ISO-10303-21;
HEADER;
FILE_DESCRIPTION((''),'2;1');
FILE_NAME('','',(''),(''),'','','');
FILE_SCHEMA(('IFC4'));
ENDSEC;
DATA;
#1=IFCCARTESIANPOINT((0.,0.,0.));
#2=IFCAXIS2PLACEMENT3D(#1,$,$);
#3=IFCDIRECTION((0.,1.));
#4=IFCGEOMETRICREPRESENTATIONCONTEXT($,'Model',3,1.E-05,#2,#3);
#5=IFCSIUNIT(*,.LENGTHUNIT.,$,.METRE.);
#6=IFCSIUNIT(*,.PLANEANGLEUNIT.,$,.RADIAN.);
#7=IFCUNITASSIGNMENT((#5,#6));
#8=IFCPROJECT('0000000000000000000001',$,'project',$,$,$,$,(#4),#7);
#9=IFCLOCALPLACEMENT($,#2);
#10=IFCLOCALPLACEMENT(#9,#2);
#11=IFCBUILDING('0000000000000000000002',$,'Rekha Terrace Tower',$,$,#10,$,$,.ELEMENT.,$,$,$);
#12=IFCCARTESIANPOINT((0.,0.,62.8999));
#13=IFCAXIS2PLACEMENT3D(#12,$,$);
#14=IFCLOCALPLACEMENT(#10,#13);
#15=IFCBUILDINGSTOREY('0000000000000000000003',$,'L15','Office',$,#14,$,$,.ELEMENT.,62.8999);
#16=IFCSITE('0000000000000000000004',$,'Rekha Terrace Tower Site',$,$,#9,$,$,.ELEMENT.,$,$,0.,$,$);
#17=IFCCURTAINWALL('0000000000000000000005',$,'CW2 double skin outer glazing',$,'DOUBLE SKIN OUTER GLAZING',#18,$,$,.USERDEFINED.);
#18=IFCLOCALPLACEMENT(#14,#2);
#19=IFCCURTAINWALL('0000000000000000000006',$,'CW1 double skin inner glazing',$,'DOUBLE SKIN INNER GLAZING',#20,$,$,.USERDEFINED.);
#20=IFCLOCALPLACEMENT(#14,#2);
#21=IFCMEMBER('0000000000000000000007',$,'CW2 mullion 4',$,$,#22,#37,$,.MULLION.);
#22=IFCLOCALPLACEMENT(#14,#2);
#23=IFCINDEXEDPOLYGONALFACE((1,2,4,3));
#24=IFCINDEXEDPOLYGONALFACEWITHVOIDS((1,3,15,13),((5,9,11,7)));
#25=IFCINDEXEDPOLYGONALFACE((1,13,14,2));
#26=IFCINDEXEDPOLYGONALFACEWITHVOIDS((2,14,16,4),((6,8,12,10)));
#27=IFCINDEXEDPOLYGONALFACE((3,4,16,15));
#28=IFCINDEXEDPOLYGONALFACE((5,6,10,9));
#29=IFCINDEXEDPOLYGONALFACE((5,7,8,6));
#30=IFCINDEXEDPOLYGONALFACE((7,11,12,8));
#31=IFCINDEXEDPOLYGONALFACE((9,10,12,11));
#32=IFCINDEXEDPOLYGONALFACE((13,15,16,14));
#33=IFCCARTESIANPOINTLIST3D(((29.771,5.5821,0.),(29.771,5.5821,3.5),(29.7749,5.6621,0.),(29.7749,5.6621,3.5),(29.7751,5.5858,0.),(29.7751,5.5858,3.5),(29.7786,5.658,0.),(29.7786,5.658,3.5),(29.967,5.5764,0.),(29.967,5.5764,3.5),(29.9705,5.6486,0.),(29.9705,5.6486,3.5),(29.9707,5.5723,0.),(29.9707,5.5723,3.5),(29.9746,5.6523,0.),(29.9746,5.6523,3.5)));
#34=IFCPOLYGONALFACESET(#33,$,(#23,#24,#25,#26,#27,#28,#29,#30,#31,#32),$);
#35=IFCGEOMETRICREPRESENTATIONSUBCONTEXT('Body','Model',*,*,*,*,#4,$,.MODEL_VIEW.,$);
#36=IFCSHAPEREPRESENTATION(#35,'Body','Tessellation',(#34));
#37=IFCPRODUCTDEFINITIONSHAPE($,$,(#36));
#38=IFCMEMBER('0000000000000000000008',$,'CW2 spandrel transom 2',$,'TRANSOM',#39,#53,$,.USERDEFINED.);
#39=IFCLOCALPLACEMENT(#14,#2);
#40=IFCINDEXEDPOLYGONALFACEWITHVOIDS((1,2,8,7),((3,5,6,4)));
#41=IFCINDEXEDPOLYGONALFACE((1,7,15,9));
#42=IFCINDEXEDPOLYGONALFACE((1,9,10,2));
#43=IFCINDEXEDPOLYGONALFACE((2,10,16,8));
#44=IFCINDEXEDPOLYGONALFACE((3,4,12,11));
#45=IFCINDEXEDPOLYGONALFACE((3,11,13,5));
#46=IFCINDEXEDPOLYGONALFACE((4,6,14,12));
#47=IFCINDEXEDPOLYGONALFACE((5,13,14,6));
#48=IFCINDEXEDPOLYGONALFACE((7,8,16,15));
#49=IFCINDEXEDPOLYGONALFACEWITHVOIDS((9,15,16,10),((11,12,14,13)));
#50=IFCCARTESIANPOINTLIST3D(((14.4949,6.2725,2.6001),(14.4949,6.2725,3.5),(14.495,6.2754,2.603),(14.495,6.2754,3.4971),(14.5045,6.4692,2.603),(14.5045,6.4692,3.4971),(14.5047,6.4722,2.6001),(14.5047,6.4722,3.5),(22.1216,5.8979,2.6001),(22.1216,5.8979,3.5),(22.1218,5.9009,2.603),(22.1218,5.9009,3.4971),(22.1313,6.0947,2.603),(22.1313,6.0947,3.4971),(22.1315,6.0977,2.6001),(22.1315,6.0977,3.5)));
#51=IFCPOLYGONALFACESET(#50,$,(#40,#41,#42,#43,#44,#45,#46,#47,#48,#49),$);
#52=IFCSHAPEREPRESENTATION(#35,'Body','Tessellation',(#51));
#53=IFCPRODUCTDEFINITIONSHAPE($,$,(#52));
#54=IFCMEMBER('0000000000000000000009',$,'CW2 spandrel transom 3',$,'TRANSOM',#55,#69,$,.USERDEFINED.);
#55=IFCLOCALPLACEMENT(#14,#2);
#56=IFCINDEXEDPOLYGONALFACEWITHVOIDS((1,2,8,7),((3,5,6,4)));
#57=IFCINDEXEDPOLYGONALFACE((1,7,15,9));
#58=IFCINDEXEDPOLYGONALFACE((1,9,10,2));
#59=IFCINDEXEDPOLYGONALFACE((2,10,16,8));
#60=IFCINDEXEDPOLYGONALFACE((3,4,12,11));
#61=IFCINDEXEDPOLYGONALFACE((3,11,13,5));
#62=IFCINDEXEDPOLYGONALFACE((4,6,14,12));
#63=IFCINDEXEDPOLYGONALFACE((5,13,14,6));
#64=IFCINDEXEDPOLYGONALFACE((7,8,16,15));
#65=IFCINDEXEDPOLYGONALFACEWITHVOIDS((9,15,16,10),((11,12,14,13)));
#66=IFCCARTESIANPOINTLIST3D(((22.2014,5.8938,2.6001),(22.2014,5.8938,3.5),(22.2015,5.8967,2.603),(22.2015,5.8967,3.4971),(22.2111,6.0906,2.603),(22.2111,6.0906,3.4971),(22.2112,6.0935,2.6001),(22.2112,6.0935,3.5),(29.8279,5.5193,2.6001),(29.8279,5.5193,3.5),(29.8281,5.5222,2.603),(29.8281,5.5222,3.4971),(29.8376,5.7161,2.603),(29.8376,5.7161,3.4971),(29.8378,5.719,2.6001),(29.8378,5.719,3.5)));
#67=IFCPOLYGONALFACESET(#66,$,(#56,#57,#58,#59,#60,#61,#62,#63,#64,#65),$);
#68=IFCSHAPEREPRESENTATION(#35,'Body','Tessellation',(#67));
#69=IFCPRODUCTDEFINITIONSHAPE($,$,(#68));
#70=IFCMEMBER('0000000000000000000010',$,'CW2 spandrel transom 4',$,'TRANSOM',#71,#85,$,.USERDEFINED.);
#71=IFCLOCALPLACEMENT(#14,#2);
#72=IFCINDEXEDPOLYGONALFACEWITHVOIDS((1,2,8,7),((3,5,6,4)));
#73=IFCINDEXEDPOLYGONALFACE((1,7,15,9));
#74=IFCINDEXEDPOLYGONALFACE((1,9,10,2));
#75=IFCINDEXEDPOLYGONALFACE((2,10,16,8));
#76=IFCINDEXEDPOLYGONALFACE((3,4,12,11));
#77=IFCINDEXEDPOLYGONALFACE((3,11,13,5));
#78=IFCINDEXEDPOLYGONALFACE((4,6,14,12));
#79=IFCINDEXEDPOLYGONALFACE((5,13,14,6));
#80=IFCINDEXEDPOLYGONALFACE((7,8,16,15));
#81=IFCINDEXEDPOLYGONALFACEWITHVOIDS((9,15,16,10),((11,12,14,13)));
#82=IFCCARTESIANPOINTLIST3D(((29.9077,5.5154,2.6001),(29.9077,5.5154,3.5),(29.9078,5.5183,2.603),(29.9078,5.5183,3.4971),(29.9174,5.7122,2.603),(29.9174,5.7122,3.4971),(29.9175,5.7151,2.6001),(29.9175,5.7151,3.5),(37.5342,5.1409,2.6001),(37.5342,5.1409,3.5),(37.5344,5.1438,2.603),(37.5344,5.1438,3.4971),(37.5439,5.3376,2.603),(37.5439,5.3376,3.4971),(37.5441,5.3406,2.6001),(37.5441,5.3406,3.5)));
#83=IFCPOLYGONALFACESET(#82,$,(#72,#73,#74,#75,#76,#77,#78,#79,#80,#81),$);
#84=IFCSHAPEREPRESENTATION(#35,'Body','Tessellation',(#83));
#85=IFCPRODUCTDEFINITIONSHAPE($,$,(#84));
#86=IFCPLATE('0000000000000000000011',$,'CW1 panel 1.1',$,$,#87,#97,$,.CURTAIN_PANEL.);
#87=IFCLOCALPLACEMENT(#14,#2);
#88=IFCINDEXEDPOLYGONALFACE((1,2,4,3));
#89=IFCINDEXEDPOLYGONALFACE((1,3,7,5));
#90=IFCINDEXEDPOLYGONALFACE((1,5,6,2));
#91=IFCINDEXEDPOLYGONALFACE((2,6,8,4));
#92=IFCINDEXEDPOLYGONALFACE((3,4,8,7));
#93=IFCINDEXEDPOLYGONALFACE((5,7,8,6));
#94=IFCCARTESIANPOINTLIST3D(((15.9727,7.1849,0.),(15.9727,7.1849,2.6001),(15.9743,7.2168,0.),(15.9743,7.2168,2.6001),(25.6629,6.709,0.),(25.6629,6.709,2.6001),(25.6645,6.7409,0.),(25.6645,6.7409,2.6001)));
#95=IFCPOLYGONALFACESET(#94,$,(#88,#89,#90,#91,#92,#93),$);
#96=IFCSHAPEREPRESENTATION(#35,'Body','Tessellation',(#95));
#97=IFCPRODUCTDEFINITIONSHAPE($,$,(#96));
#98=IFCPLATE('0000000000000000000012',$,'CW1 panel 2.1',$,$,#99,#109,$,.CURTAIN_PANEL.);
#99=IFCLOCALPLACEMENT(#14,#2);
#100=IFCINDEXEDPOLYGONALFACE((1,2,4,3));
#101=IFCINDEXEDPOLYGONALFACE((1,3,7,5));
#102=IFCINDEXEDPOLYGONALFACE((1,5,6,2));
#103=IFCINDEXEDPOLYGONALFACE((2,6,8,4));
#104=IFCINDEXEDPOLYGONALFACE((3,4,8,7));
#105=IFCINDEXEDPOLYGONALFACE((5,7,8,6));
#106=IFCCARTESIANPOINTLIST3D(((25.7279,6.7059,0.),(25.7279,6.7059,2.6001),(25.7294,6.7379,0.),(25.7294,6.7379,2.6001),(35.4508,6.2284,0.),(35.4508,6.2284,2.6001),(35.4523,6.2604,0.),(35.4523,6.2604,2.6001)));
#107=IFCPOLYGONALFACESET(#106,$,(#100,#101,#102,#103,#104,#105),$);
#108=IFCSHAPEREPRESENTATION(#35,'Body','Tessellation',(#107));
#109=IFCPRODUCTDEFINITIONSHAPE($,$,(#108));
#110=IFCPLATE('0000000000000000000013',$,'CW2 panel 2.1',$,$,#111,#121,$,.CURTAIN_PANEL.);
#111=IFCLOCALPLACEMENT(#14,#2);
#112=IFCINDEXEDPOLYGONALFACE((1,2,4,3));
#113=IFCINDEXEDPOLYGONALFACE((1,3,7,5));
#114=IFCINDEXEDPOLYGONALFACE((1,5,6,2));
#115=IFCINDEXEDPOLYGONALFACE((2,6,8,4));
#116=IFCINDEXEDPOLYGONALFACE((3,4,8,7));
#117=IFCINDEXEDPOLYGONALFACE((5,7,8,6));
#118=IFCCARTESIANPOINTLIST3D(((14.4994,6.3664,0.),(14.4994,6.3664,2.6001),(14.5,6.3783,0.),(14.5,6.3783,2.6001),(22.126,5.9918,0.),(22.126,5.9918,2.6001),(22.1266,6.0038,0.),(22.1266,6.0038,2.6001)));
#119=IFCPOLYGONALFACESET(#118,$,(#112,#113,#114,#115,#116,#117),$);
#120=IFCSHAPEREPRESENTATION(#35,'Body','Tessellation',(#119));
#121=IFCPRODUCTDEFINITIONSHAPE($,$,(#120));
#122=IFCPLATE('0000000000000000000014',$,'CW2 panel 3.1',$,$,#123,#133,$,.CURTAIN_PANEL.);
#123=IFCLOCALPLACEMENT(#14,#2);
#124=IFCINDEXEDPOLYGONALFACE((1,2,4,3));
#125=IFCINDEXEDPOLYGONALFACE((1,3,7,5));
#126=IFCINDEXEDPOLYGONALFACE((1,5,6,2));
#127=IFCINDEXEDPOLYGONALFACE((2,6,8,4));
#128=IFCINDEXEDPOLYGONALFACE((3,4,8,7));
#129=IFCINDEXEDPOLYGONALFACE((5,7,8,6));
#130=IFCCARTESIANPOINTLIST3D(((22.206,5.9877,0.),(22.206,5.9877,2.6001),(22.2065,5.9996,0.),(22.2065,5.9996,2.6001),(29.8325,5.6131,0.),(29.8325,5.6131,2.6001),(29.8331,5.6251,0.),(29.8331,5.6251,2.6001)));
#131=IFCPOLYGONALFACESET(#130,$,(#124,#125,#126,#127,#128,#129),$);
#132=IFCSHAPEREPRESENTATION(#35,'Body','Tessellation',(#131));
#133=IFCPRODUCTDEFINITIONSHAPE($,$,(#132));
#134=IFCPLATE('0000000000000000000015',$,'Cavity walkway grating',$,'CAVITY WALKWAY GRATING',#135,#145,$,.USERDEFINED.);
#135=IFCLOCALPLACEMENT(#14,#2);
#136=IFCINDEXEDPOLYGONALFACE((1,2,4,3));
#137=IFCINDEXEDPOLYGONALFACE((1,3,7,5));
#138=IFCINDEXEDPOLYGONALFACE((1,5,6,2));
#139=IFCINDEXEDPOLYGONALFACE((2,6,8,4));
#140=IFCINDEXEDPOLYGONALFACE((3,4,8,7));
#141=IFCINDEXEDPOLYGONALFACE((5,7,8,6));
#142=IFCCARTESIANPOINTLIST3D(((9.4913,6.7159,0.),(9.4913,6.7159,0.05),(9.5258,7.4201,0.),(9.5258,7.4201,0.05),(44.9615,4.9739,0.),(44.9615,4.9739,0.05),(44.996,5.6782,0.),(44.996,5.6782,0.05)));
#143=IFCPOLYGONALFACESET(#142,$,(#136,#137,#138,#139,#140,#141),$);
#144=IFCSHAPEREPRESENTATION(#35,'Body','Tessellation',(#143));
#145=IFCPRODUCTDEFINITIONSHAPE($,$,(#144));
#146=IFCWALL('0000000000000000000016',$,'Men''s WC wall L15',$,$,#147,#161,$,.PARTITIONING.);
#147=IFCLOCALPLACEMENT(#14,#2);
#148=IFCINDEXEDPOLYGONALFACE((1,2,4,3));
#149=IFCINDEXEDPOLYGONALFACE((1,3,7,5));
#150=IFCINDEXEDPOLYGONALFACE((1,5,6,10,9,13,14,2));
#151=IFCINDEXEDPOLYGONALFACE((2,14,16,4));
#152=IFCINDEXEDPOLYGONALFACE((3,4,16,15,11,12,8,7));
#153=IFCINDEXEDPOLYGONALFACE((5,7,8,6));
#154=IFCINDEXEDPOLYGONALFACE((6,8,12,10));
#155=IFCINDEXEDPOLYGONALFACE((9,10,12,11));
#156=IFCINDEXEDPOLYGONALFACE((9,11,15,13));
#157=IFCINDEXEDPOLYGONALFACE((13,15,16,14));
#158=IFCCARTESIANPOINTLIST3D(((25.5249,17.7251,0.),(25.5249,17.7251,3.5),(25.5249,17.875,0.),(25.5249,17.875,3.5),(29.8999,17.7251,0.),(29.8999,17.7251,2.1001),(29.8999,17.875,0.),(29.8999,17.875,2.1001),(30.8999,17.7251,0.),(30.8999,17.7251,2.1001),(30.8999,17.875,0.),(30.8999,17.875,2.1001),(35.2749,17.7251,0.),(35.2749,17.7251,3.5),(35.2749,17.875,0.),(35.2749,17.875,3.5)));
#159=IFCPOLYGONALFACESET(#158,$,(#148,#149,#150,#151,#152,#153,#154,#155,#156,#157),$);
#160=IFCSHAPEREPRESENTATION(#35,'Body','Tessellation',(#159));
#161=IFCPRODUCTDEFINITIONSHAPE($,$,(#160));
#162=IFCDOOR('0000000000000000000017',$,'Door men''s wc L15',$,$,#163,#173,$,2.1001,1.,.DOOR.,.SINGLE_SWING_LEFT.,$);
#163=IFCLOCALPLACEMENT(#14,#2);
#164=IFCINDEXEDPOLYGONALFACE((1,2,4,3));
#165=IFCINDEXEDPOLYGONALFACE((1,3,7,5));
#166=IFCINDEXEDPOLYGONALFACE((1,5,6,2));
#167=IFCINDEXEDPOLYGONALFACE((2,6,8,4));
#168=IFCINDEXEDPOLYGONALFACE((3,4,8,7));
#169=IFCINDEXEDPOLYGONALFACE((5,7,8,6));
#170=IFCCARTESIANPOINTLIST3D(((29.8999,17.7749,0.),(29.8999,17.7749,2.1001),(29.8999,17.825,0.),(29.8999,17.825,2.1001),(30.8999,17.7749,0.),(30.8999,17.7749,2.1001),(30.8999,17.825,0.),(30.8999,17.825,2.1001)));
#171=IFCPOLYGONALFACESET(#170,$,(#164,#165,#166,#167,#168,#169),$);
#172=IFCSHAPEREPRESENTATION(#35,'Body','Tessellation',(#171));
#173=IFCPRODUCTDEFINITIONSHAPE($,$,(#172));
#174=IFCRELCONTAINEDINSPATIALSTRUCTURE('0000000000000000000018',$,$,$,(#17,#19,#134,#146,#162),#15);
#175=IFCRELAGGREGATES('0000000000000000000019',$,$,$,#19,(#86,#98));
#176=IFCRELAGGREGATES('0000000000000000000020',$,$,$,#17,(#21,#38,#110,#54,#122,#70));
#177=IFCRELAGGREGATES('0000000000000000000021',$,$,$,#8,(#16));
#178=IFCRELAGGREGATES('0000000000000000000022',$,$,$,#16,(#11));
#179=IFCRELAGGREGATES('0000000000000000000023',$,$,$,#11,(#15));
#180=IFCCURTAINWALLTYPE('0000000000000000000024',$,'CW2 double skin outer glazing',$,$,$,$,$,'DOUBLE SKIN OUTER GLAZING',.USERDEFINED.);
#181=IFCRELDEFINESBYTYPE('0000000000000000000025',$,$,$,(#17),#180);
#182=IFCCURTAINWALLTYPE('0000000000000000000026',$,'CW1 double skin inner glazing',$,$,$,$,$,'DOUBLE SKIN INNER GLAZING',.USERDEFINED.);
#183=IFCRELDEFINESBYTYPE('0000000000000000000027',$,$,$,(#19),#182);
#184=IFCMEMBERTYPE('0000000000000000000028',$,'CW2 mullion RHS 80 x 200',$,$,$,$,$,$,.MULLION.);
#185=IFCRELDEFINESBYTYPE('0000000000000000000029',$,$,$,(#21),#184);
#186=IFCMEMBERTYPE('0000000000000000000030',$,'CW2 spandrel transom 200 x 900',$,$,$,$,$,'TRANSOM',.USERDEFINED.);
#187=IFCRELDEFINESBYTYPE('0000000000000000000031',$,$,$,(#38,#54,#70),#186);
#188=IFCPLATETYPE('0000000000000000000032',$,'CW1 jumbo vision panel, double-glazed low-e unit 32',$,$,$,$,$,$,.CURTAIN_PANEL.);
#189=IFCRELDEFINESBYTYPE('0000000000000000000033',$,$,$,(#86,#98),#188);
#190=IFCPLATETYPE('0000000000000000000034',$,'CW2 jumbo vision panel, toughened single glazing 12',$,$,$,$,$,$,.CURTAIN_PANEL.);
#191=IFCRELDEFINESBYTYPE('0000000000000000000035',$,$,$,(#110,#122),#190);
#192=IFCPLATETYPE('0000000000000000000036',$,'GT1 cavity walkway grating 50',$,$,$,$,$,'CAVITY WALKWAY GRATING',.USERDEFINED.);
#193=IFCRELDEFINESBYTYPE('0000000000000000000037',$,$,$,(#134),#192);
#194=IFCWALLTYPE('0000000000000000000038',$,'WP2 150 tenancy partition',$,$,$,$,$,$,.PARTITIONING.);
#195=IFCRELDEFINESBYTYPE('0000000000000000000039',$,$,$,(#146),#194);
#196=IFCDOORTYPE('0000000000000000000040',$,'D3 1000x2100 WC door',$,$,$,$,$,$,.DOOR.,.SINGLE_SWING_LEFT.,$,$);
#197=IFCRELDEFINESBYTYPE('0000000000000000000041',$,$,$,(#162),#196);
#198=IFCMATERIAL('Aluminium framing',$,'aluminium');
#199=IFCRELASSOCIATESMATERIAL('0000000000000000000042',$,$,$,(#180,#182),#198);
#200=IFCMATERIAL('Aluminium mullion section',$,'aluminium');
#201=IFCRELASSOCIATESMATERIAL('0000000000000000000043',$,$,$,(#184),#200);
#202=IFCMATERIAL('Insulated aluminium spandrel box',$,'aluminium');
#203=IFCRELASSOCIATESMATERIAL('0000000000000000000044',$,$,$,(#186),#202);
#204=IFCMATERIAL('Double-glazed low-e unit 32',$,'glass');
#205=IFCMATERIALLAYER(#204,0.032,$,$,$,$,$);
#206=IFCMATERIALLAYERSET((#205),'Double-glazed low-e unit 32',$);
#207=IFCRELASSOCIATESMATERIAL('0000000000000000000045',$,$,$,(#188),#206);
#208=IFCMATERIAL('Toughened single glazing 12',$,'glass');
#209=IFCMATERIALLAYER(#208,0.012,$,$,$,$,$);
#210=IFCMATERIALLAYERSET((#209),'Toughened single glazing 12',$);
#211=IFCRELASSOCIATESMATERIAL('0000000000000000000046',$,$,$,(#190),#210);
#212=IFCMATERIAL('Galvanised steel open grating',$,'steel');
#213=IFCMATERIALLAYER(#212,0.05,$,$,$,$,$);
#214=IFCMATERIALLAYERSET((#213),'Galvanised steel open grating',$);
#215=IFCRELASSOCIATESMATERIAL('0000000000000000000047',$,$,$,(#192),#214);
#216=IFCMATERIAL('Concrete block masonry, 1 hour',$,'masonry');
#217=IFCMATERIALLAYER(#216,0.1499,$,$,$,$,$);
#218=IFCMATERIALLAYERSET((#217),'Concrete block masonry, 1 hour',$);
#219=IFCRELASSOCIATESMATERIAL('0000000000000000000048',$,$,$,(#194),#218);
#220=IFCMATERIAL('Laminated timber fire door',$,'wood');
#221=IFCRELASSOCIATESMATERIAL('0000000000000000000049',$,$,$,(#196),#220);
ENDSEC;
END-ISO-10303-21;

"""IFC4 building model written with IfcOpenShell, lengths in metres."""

from ifc_helpers import new_model, si_unit, direction, frame, frame_2d, origin, origin_2d, place, context, subcontext, project, spatial, rectangle, hollow_rectangle, extrude, material, layer, layer_set, material_profile, profile_set, type_object, element, fill, aggregate, save


model = new_model("IFC4")

# Units and contexts
model_context = context("Model", 3, precision=1e-05, world=origin(), true_north=direction((0.0, 1.0)))
body_context = subcontext(model_context, "Body", "Model", "MODEL_VIEW")
ifc_project = project(units=[si_unit("LENGTHUNIT", "METRE"), si_unit("PLANEANGLEUNIT", "RADIAN")], contexts=[model_context])

# Site, building, storey
site_placement = place(None, origin())
site = spatial("IfcSite", under=ifc_project, at=site_placement, Name="Rekha Terrace Tower Site", CompositionType="ELEMENT", RefElevation=0.0)
building_placement = place(site_placement, origin())
building = spatial("IfcBuilding", under=site, at=building_placement, Name="Rekha Terrace Tower", CompositionType="ELEMENT")
storey_placement = place(building_placement, frame((0.0, 0.0, 62.8999)))
storey = spatial("IfcBuildingStorey", under=building, at=storey_placement, Name="L15", Description="Office", CompositionType="ELEMENT", Elevation=62.8999)

# Curtain wall
ifc_material_1 = material(Name="Aluminium framing", Category="aluminium")
curtain_wall_type_1 = type_object("IfcCurtainWallType", Name="CW2 double skin outer glazing", ElementType="DOUBLE SKIN OUTER GLAZING", PredefinedType="USERDEFINED", material=ifc_material_1)
curtain_wall_1_placement = place(storey_placement, origin())
curtain_wall_1 = element("IfcCurtainWall", 1, at=curtain_wall_1_placement, inside=storey, type_object=curtain_wall_type_1, Name="CW2 double skin outer glazing", ObjectType="DOUBLE SKIN OUTER GLAZING", PredefinedType="USERDEFINED")

# Shared definitions
curtain_wall_type_2 = type_object("IfcCurtainWallType", Name="CW1 double skin inner glazing", ElementType="DOUBLE SKIN INNER GLAZING", PredefinedType="USERDEFINED", material=ifc_material_1)
ifc_material_2 = material(Name="Aluminium mullion section", Category="aluminium")

# Curtain wall
curtain_wall_2_placement = place(storey_placement, origin())
curtain_wall_2 = element("IfcCurtainWall", 2, at=curtain_wall_2_placement, inside=storey, type_object=curtain_wall_type_2, Name="CW1 double skin inner glazing", ObjectType="DOUBLE SKIN INNER GLAZING", PredefinedType="USERDEFINED")
ifc_material_3 = material(Name="Insulated aluminium spandrel box", Category="aluminium")

# Members
ifc_material_profile_1 = material_profile(ifc_material_2, hollow_rectangle(XDim=0.0801, YDim=0.2, WallThickness=0.0039, at=origin_2d()), Name="AL RHS 80x200")
ifc_profile_set_1 = profile_set([ifc_material_profile_1], Name="Aluminium mullion section")
member_type_1 = type_object("IfcMemberType", Name="CW2 mullion RHS 80 x 200", PredefinedType="MULLION", material=ifc_profile_set_1)
member_1_placement = place(storey_placement, frame((29.8728, 5.6172, 0.0), z_axis=(0.0, 0.0, 1.0), x_axis=(0.049052, 0.998796, 0.0)))
member_1 = element("IfcMember", 3, at=member_1_placement, type_object=member_type_1, Name="CW2 mullion 4", PredefinedType="MULLION", context=body_context, shape_type="SweptSolid", body=[
    extrude(hollow_rectangle(XDim=0.0801, YDim=0.2, WallThickness=0.0039, at=origin_2d()), origin(), (0.0, 0.0, 1.0), 3.5),
])
ifc_material_profile_2 = material_profile(ifc_material_3, hollow_rectangle(XDim=0.2, YDim=0.8999, WallThickness=0.0029, at=origin_2d()), Name="AL SPANDREL BOX 200x900")
ifc_profile_set_2 = profile_set([ifc_material_profile_2], Name="Insulated aluminium spandrel box")
member_type_2 = type_object("IfcMemberType", Name="CW2 spandrel transom 200 x 900", ElementType="TRANSOM", PredefinedType="USERDEFINED", material=ifc_profile_set_2)
member_2_placement = place(storey_placement, frame((14.4998, 6.3723, 3.05), z_axis=(0.998797, -0.049046, 0.0), x_axis=(0.049046, 0.998797, 0.0)))
member_2 = element("IfcMember", 4, at=member_2_placement, type_object=member_type_2, Name="CW2 spandrel transom 2", ObjectType="TRANSOM", PredefinedType="USERDEFINED", context=body_context, shape_type="SweptSolid", body=[
    extrude(hollow_rectangle(XDim=0.2, YDim=0.8999, WallThickness=0.0029, at=origin_2d()), origin(), (0.0, 0.0, 1.0), 7.636),
])
member_3_placement = place(storey_placement, frame((22.2063, 5.9937, 3.05), z_axis=(0.998796, -0.049048, 0.0), x_axis=(0.049048, 0.998796, 0.0)))
member_3 = element("IfcMember", 5, at=member_3_placement, type_object=member_type_2, Name="CW2 spandrel transom 3", ObjectType="TRANSOM", PredefinedType="USERDEFINED", context=body_context, shape_type="SweptSolid", body=[
    extrude(hollow_rectangle(XDim=0.2, YDim=0.8999, WallThickness=0.0029, at=origin_2d()), origin(), (0.0, 0.0, 1.0), 7.6357),
])
member_4_placement = place(storey_placement, frame((29.9126, 5.6152, 3.05), z_axis=(0.998796, -0.049048, 0.0), x_axis=(0.049048, 0.998796, 0.0)))
member_4 = element("IfcMember", 6, at=member_4_placement, type_object=member_type_2, Name="CW2 spandrel transom 4", ObjectType="TRANSOM", PredefinedType="USERDEFINED", context=body_context, shape_type="SweptSolid", body=[
    extrude(hollow_rectangle(XDim=0.2, YDim=0.8999, WallThickness=0.0029, at=origin_2d()), origin(), (0.0, 0.0, 1.0), 7.6357),
])

# Plates
ifc_material_4 = material(Name="Double-glazed low-e unit 32", Category="glass")
ifc_layer_1 = layer(ifc_material_4, 0.032)
ifc_layer_set_1 = layer_set([ifc_layer_1], Name="Double-glazed low-e unit 32")
plate_type_1 = type_object("IfcPlateType", Name="CW1 jumbo vision panel, double-glazed low-e unit 32", PredefinedType="CURTAIN_PANEL", material=ifc_layer_set_1)
plate_1_placement = place(storey_placement, frame((20.8186, 6.9629, 0.0), z_axis=(0.0, 0.0, 1.0), x_axis=(0.998796, -0.049052, 0.0)))
plate_1 = element("IfcPlate", 7, at=plate_1_placement, type_object=plate_type_1, Name="CW1 panel 1.1", PredefinedType="CURTAIN_PANEL", context=body_context, shape_type="SweptSolid", body=[
    extrude(rectangle(XDim=9.7019, YDim=0.032, at=origin_2d()), origin(), (0.0, 0.0, 1.0), 2.6001),
])
plate_2_placement = place(storey_placement, frame((30.5901, 6.4832, 0.0), z_axis=(0.0, 0.0, 1.0), x_axis=(0.998796, -0.049052, 0.0)))
plate_2 = element("IfcPlate", 8, at=plate_2_placement, type_object=plate_type_1, Name="CW1 panel 2.1", PredefinedType="CURTAIN_PANEL", context=body_context, shape_type="SweptSolid", body=[
    extrude(rectangle(XDim=9.7346, YDim=0.032, at=origin_2d()), origin(), (0.0, 0.0, 1.0), 2.6001),
])
aggregate(curtain_wall_2, [plate_1, plate_2])
ifc_material_5 = material(Name="Toughened single glazing 12", Category="glass")
ifc_layer_2 = layer(ifc_material_5, 0.012)
ifc_layer_set_2 = layer_set([ifc_layer_2], Name="Toughened single glazing 12")
plate_type_2 = type_object("IfcPlateType", Name="CW2 jumbo vision panel, toughened single glazing 12", PredefinedType="CURTAIN_PANEL", material=ifc_layer_set_2)
plate_3_placement = place(storey_placement, frame((18.313, 6.1851, 0.0), z_axis=(0.0, 0.0, 1.0), x_axis=(0.998796, -0.049052, 0.0)))
plate_3 = element("IfcPlate", 9, at=plate_3_placement, type_object=plate_type_2, Name="CW2 panel 2.1", PredefinedType="CURTAIN_PANEL", context=body_context, shape_type="SweptSolid", body=[
    extrude(rectangle(XDim=7.6357, YDim=0.012, at=origin_2d()), origin(), (0.0, 0.0, 1.0), 2.6001),
])
plate_4_placement = place(storey_placement, frame((26.0195, 5.8064, 0.0), z_axis=(0.0, 0.0, 1.0), x_axis=(0.998796, -0.049052, 0.0)))
plate_4 = element("IfcPlate", 10, at=plate_4_placement, type_object=plate_type_2, Name="CW2 panel 3.1", PredefinedType="CURTAIN_PANEL", context=body_context, shape_type="SweptSolid", body=[
    extrude(rectangle(XDim=7.6357, YDim=0.012, at=origin_2d()), origin(), (0.0, 0.0, 1.0), 2.6001),
])
aggregate(curtain_wall_1, [member_1, member_2, plate_3, member_3, plate_4, member_4])
ifc_material_6 = material(Name="Galvanised steel open grating", Category="steel")
ifc_layer_3 = layer(ifc_material_6, 0.05)
ifc_layer_set_3 = layer_set([ifc_layer_3], Name="Galvanised steel open grating")
plate_type_3 = type_object("IfcPlateType", Name="GT1 cavity walkway grating 50", ElementType="CAVITY WALKWAY GRATING", PredefinedType="USERDEFINED", material=ifc_layer_set_3)
plate_5_placement = place(storey_placement, frame((27.2437, 6.197, 0.0), z_axis=(0.0, 0.0, 1.0), x_axis=(0.998796, -0.049052, 0.0)))
element("IfcPlate", 11, at=plate_5_placement, inside=storey, type_object=plate_type_3, Name="Cavity walkway grating", ObjectType="CAVITY WALKWAY GRATING", PredefinedType="USERDEFINED", context=body_context, shape_type="SweptSolid", body=[
    extrude(rectangle(XDim=35.5129, YDim=0.7051, at=origin_2d()), origin(), (0.0, 0.0, 1.0), 0.05),
])

# Wall, opening, door
ifc_material_7 = material(Name="Concrete block masonry, 1 hour", Category="masonry")
ifc_layer_4 = layer(ifc_material_7, 0.1499)
ifc_layer_set_4 = layer_set([ifc_layer_4], Name="Concrete block masonry, 1 hour")
wall_type_1 = type_object("IfcWallType", Name="WP2 150 tenancy partition", PredefinedType="PARTITIONING", material=ifc_layer_set_4)
wall_1_placement = place(storey_placement, frame((25.5249, 17.8, 0.0), z_axis=(0.0, 0.0, 1.0), x_axis=(1.0, 0.0, 0.0)))
wall_1 = element("IfcWall", 12, at=wall_1_placement, inside=storey, type_object=wall_type_1, Name="Men's WC wall L15", PredefinedType="PARTITIONING", context=body_context, shape_type="SweptSolid", body=[
    extrude(rectangle(XDim=9.75, YDim=0.1499, at=frame_2d((4.875, 0.0))), origin(), (0.0, 0.0, 1.0), 3.5),
])
opening_1_placement = place(wall_1_placement, frame((4.375, 0.0, 0.0)))
opening_1 = element("IfcOpeningElement", 13, at=opening_1_placement, cuts=wall_1, PredefinedType="OPENING", context=body_context, shape_type="SweptSolid", body=[
    extrude(rectangle(XDim=1.0, YDim=2.1001, at=frame_2d((0.5, 1.05))), frame((0.0, 0.085, 0.0), z_axis=(0.0, -1.0, 0.0), x_axis=(1.0, 0.0, 0.0)), (0.0, 0.0, 1.0), 0.1699),
])
ifc_material_8 = material(Name="Laminated timber fire door", Category="wood")
door_type_1 = type_object("IfcDoorType", Name="D3 1000x2100 WC door", OperationType="SINGLE_SWING_LEFT", PredefinedType="DOOR", material=ifc_material_8)
door_1_placement = place(opening_1_placement, origin())
door_1 = element("IfcDoor", 14, at=door_1_placement, inside=storey, type_object=door_type_1, Name="Door men's wc L15", OperationType="SINGLE_SWING_LEFT", OverallHeight=2.1001, OverallWidth=1.0, PredefinedType="DOOR", context=body_context, shape_type="SweptSolid", body=[
    extrude(rectangle(XDim=1.0, YDim=2.1001, at=frame_2d((0.5, 1.05))), frame((0.0, 0.0249, 0.0), z_axis=(0.0, -1.0, 0.0), x_axis=(1.0, 0.0, 0.0)), (0.0, 0.0, 1.0), 0.05),
])
fill(opening_1, door_1)

save(model, "model.ifc")
